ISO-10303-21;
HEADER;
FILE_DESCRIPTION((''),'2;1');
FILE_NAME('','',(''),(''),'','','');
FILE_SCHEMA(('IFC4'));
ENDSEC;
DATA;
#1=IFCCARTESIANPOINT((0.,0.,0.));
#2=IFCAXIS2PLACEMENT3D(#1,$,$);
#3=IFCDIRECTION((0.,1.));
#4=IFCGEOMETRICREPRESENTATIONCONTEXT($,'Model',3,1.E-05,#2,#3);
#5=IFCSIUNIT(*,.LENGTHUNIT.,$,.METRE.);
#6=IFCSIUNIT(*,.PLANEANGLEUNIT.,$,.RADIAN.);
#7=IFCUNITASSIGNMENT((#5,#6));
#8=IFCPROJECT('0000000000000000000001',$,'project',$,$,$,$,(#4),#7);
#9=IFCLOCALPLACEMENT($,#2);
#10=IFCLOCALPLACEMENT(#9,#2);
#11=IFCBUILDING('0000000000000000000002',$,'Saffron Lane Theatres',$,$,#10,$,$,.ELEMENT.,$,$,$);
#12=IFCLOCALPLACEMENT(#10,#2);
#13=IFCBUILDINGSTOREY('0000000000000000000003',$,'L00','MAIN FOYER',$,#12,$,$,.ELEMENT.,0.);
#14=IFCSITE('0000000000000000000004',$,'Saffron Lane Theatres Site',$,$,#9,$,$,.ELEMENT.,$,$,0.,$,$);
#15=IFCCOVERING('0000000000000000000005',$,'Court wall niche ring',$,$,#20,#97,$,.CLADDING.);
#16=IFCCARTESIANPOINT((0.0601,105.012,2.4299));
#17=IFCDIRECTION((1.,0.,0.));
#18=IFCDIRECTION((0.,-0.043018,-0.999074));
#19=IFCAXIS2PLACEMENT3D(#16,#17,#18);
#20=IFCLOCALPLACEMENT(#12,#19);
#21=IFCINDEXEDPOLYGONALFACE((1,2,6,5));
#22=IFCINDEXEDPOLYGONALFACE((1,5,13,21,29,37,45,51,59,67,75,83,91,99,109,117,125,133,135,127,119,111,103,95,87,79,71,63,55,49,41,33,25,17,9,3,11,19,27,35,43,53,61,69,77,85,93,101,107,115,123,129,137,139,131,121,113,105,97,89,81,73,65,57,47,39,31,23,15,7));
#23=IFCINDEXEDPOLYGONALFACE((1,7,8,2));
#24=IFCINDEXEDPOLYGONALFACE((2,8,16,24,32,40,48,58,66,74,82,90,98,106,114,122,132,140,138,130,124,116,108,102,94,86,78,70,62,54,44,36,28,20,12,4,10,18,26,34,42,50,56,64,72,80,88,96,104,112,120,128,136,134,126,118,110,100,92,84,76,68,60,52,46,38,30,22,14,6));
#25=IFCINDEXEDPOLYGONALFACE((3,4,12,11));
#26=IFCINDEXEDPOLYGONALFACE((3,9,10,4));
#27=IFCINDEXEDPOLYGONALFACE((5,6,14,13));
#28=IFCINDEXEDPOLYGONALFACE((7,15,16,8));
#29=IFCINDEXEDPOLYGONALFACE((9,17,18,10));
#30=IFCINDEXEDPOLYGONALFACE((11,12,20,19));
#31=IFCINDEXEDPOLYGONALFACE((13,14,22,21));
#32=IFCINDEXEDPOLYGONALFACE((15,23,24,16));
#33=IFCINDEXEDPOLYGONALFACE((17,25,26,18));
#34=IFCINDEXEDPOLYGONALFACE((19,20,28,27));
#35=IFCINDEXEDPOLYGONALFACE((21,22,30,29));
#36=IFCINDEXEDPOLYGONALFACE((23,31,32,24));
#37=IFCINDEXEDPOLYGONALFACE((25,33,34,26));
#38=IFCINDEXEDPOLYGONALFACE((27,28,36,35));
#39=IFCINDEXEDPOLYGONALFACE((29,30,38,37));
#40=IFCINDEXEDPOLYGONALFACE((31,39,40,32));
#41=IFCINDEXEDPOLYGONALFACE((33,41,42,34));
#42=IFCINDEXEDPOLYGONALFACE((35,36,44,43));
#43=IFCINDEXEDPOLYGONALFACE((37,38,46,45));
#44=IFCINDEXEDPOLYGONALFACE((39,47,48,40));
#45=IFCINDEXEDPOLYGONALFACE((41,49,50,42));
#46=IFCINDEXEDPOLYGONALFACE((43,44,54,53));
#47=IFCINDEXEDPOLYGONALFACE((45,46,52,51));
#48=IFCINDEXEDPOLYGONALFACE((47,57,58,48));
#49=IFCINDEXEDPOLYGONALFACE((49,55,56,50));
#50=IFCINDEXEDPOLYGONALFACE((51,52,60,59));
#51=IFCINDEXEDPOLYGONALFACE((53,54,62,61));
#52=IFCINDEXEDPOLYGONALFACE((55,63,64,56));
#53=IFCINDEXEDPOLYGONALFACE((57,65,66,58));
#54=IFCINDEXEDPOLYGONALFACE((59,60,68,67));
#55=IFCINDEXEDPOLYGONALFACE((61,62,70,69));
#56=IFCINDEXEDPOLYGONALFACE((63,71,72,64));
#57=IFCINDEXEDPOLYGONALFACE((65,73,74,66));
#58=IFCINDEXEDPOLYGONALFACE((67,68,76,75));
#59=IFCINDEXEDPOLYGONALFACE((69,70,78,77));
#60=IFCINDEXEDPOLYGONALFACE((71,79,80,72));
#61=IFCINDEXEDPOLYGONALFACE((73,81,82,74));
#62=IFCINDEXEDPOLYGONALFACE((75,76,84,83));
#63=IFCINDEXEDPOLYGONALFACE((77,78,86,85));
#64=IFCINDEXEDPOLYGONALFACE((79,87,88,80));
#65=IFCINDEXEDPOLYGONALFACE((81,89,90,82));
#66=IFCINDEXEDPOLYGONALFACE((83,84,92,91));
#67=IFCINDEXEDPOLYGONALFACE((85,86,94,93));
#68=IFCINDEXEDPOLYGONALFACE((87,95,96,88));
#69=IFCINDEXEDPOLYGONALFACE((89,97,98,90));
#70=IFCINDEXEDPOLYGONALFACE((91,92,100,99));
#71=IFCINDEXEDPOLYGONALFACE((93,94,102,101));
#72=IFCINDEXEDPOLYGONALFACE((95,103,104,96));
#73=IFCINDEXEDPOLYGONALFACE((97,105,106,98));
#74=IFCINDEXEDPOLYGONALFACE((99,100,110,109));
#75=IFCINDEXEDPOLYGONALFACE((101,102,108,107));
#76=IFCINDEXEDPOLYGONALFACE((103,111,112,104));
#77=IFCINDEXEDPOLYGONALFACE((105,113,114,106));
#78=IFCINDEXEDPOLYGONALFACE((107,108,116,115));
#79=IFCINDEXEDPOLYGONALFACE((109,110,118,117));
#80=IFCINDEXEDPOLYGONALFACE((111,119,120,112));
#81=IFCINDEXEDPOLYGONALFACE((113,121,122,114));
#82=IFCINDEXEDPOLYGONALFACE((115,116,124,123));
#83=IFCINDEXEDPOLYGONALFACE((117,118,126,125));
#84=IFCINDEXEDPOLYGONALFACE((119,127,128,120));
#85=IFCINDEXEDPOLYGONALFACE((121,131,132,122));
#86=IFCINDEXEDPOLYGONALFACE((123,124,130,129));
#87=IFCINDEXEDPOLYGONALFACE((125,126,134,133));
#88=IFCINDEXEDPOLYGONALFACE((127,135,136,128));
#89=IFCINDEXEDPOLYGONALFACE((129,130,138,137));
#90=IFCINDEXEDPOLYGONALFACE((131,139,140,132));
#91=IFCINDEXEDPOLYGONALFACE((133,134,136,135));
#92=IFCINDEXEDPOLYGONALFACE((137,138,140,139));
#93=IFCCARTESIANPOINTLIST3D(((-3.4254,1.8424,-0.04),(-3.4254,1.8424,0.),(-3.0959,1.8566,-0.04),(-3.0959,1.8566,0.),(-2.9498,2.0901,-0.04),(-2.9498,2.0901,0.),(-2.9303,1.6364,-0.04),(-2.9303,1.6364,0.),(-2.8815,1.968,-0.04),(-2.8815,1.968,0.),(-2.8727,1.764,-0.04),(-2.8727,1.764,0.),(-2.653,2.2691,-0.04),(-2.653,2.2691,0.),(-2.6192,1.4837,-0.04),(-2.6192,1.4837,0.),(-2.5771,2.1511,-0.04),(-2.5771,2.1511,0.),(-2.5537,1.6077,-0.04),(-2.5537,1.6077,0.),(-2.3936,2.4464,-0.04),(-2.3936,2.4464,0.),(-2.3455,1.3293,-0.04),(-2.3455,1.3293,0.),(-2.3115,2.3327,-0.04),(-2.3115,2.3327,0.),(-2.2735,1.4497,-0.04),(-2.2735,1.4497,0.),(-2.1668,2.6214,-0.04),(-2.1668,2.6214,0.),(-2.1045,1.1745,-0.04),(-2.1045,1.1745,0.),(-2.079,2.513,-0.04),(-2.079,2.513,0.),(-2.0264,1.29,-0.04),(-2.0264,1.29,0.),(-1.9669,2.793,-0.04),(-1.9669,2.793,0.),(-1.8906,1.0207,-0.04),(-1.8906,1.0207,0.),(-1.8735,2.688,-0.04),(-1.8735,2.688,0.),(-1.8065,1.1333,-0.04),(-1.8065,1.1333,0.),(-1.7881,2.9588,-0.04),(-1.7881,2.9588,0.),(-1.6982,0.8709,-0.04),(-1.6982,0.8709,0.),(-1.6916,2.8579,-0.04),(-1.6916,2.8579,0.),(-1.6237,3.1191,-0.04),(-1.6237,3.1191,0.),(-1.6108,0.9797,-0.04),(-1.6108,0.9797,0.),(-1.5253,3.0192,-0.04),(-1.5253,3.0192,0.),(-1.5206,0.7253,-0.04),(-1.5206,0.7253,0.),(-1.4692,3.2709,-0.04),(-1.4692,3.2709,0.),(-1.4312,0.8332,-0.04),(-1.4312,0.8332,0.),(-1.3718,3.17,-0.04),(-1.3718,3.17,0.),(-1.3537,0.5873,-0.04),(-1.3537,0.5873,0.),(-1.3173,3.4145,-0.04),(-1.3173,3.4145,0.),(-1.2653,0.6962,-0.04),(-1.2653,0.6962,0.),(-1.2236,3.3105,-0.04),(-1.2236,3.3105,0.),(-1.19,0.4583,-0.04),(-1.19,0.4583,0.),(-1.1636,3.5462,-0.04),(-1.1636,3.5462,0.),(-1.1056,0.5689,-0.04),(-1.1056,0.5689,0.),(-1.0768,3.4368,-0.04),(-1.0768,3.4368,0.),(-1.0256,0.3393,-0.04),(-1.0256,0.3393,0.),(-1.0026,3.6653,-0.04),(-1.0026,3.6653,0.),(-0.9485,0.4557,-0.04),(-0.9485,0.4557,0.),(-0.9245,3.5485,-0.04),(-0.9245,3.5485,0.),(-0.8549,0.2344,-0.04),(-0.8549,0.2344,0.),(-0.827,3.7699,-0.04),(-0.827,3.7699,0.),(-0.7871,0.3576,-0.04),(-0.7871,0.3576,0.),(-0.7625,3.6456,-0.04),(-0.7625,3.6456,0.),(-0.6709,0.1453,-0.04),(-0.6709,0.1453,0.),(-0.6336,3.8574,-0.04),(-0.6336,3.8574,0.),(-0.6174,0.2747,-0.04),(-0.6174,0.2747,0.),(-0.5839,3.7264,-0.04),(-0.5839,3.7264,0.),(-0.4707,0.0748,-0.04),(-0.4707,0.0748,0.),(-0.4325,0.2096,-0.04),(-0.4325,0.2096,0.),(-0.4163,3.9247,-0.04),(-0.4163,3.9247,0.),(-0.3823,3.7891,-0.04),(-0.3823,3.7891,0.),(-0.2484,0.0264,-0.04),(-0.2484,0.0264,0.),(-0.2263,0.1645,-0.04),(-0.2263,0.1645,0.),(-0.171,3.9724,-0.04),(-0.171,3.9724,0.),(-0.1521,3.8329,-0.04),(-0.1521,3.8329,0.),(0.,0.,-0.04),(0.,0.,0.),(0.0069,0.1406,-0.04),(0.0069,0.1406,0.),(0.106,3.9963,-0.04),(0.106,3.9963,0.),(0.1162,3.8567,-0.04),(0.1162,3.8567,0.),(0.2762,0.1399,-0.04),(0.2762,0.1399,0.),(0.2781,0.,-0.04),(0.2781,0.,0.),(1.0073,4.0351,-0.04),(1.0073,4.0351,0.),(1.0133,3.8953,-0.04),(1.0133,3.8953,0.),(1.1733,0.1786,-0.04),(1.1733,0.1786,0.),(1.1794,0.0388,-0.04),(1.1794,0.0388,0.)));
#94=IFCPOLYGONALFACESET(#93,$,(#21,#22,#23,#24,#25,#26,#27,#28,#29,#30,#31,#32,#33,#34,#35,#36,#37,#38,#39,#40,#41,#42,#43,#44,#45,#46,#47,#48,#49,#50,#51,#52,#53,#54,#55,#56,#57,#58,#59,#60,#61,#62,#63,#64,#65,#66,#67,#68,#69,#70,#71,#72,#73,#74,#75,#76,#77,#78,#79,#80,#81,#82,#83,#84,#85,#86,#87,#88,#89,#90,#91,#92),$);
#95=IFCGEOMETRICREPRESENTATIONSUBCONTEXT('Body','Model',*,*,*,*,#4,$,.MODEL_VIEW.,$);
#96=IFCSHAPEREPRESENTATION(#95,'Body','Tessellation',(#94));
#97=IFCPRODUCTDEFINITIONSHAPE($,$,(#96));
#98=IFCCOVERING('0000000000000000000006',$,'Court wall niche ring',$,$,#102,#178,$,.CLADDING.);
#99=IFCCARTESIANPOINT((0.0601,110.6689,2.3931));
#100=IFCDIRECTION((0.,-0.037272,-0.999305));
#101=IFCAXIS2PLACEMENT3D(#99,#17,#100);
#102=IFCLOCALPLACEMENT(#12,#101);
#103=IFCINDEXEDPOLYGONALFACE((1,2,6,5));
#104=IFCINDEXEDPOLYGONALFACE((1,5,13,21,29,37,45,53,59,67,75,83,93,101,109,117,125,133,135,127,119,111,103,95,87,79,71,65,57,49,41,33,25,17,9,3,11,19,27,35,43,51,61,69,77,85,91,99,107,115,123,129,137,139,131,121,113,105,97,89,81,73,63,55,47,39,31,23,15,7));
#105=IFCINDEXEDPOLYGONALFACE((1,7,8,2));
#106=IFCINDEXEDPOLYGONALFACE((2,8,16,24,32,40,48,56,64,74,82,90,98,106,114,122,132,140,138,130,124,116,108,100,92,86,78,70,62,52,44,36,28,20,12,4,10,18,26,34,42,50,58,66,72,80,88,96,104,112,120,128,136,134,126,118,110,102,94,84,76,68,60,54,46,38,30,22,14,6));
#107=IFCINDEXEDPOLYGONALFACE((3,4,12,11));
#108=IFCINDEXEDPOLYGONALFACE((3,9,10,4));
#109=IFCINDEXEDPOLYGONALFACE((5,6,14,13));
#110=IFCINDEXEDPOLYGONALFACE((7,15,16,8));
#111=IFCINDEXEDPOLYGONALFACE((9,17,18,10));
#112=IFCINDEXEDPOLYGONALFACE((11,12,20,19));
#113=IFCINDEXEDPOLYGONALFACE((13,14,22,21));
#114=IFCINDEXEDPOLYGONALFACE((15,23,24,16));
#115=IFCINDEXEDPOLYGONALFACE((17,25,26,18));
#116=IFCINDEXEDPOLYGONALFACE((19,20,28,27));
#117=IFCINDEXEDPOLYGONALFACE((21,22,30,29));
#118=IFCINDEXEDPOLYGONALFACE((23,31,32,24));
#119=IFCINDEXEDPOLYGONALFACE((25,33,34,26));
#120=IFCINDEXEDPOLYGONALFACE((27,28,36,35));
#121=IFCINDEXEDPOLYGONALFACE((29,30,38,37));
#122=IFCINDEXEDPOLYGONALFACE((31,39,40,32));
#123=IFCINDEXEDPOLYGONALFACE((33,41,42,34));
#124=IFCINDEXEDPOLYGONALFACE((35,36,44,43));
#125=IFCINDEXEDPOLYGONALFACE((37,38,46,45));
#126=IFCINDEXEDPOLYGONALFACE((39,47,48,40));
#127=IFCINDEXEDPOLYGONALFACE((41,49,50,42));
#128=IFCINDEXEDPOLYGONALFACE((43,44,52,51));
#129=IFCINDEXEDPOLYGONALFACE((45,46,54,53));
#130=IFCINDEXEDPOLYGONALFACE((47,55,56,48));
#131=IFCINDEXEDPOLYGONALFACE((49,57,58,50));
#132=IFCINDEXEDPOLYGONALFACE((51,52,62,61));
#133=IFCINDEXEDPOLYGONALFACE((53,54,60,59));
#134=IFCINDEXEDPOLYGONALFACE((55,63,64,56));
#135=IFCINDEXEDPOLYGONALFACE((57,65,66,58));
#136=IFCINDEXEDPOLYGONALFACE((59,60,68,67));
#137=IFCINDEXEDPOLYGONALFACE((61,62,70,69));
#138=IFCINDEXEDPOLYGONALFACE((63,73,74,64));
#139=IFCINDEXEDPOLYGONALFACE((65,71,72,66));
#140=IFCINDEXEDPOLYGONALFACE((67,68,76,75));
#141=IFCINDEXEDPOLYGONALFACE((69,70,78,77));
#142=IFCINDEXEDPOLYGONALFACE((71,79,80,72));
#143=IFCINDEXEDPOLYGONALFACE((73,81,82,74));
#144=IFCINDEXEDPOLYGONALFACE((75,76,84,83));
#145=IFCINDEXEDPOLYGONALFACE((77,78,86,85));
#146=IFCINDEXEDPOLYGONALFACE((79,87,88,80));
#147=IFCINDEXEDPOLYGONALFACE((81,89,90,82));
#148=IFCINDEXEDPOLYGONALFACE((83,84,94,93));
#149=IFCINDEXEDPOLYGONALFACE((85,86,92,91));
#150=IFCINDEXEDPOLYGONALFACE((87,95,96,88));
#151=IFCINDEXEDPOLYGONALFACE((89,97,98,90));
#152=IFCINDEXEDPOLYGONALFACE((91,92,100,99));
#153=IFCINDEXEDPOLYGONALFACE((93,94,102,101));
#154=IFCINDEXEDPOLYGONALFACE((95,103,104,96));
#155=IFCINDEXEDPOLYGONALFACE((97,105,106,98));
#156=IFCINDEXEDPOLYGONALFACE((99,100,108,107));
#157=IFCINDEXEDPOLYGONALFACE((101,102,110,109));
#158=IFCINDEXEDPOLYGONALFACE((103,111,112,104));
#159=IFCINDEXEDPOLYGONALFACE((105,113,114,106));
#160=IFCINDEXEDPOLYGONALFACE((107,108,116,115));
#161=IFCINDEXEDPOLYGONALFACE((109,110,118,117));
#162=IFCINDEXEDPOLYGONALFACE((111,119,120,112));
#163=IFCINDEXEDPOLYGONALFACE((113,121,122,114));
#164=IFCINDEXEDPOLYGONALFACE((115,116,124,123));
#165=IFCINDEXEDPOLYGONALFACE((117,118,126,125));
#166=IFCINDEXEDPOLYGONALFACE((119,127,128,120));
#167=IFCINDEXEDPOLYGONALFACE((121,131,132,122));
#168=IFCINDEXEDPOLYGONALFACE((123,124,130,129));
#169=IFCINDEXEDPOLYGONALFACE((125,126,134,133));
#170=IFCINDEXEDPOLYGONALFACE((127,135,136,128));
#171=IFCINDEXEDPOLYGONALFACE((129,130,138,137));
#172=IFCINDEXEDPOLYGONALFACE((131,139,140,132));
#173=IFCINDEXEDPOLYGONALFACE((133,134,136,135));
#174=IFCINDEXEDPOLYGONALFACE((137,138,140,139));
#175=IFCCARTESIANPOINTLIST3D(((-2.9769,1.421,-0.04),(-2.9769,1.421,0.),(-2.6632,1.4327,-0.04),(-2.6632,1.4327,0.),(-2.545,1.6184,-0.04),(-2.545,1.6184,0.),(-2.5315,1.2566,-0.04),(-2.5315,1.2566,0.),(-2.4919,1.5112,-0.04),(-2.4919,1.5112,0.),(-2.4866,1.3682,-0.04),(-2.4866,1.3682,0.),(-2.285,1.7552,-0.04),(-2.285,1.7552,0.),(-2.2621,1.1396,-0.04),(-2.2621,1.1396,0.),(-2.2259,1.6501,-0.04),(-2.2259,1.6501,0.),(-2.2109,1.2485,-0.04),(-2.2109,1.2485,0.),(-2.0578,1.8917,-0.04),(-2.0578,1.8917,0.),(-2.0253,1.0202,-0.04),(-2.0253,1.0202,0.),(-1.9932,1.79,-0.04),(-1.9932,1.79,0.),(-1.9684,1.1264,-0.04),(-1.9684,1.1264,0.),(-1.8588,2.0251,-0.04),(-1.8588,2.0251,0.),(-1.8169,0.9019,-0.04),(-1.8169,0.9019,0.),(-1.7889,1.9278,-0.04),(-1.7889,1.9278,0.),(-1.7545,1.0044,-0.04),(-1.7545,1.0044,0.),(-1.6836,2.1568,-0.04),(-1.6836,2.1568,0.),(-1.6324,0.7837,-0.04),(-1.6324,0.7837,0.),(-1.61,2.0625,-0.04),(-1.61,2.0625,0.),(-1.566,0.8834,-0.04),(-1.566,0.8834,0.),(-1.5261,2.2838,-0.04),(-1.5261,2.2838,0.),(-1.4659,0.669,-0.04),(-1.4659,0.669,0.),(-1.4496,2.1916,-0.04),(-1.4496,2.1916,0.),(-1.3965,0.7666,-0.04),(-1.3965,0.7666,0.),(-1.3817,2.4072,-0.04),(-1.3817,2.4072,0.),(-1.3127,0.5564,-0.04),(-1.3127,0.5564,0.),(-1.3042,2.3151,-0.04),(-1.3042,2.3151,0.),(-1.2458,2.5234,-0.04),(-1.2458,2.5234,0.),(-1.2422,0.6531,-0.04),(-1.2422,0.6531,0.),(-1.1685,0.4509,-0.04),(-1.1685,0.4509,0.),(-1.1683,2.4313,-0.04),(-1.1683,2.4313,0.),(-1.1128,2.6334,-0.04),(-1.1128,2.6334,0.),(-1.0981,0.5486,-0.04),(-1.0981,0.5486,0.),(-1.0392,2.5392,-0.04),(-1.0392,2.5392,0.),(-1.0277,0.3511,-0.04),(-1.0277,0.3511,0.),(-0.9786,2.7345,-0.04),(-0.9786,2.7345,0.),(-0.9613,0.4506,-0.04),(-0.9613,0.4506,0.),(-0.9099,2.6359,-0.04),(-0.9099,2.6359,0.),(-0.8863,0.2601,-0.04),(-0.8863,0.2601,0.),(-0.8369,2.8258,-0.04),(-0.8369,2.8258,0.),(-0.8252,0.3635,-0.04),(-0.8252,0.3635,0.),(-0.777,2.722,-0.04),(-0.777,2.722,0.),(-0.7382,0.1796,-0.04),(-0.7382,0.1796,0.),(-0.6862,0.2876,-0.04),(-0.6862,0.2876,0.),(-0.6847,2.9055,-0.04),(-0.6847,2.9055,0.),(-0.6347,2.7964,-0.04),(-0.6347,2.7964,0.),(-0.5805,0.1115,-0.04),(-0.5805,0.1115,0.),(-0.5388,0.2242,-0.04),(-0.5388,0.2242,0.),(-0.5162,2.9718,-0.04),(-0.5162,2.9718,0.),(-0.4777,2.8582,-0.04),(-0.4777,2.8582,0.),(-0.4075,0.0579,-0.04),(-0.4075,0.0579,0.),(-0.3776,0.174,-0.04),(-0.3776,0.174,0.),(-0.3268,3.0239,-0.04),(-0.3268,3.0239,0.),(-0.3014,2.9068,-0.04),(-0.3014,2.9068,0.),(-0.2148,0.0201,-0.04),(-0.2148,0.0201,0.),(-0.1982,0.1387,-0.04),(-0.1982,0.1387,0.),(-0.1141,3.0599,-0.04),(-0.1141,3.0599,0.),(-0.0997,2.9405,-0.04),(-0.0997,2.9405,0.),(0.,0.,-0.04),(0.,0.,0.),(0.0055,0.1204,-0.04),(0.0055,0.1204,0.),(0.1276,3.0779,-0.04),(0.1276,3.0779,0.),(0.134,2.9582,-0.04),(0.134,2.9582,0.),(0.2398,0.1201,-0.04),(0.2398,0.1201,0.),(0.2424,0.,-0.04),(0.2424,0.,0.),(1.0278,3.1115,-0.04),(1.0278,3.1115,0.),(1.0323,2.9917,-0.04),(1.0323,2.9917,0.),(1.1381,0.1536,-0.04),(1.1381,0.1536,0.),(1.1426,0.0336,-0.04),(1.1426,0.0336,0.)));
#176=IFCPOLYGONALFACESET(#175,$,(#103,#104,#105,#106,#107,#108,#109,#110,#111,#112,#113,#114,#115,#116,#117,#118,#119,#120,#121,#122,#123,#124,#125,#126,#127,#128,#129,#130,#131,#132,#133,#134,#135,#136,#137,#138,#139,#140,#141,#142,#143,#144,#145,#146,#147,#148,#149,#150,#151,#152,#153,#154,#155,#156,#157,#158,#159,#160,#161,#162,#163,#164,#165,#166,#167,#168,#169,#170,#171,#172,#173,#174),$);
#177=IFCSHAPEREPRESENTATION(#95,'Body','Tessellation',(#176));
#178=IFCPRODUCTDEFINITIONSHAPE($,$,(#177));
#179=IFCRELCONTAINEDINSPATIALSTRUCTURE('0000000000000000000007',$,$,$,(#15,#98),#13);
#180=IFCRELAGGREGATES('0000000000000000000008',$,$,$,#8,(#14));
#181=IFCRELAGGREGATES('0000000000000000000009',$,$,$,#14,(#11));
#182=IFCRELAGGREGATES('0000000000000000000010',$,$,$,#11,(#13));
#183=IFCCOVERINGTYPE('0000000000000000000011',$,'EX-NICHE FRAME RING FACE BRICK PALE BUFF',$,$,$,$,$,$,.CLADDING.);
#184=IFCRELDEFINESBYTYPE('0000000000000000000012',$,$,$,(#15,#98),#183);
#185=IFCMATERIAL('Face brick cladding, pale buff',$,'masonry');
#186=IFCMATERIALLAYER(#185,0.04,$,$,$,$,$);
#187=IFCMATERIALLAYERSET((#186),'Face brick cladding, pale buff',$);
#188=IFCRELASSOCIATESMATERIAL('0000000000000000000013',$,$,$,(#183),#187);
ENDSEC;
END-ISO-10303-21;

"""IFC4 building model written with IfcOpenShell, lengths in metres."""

from ifc_helpers import new_model, si_unit, direction, frame, origin, place, context, subcontext, project, spatial, polyline, outline, extrude, material, layer, layer_set, type_object, element, save


model = new_model("IFC4")

# Units and contexts
model_context = context("Model", 3, precision=1e-05, world=origin(), true_north=direction((0.0, 1.0)))
body_context = subcontext(model_context, "Body", "Model", "MODEL_VIEW")
ifc_project = project(units=[si_unit("LENGTHUNIT", "METRE"), si_unit("PLANEANGLEUNIT", "RADIAN")], contexts=[model_context])

# Site, building, storey
site_placement = place(None, origin())
site = spatial("IfcSite", under=ifc_project, at=site_placement, Name="Saffron Lane Theatres Site", CompositionType="ELEMENT", RefElevation=0.0)
building_placement = place(site_placement, origin())
building = spatial("IfcBuilding", under=site, at=building_placement, Name="Saffron Lane Theatres", CompositionType="ELEMENT")
storey_placement = place(building_placement, origin())
storey = spatial("IfcBuildingStorey", under=building, at=storey_placement, Name="L00", Description="MAIN FOYER", CompositionType="ELEMENT", Elevation=0.0)

# Coverings
ifc_material_1 = material(Name="Face brick cladding, pale buff", Category="masonry")
ifc_layer_1 = layer(ifc_material_1, 0.04)
ifc_layer_set_1 = layer_set([ifc_layer_1], Name="Face brick cladding, pale buff")
covering_type_1 = type_object("IfcCoveringType", Name="EX-NICHE FRAME RING FACE BRICK PALE BUFF", PredefinedType="CLADDING", material=ifc_layer_set_1)
covering_1_placement = place(storey_placement, frame((0.0601, 105.012, 2.4299), z_axis=(1.0, 0.0, 0.0), x_axis=(0.0, -0.043018, -0.999074)))
element("IfcCovering", 1, at=covering_1_placement, inside=storey, type_object=covering_type_1, Name="Court wall niche ring", PredefinedType="CLADDING", context=body_context, shape_type="SweptSolid", body=[
    extrude(outline(polyline([(0.0, 0.0), (0.2781, 0.0), (1.1794, 0.0388), (1.1733, 0.1786), (0.2762, 0.1399), (0.0069, 0.1406), (-0.2263, 0.1645), (-0.4325, 0.2096), (-0.6174, 0.2747), (-0.7871, 0.3576), (-0.9485, 0.4557), (-1.1056, 0.5689), (-1.2653, 0.6962), (-1.4312, 0.8332), (-1.6108, 0.9797), (-1.8065, 1.1333), (-2.0264, 1.29), (-2.2735, 1.4497), (-2.5537, 1.6077), (-2.8727, 1.764), (-3.0959, 1.8566), (-2.8815, 1.968), (-2.5771, 2.1511), (-2.3115, 2.3327), (-2.079, 2.513), (-1.8735, 2.688), (-1.6916, 2.8579), (-1.5253, 3.0192), (-1.3718, 3.17), (-1.2236, 3.3105), (-1.0768, 3.4368), (-0.9245, 3.5485), (-0.7625, 3.6456), (-0.5839, 3.7264), (-0.3823, 3.7891), (-0.1521, 3.8329), (0.1162, 3.8567), (1.0133, 3.8953), (1.0073, 4.0351), (0.106, 3.9963), (-0.171, 3.9724), (-0.4163, 3.9247), (-0.6336, 3.8574), (-0.827, 3.7699), (-1.0026, 3.6653), (-1.1636, 3.5462), (-1.3173, 3.4145), (-1.4692, 3.2709), (-1.6237, 3.1191), (-1.7881, 2.9588), (-1.9669, 2.793), (-2.1668, 2.6214), (-2.3936, 2.4464), (-2.653, 2.2691), (-2.9498, 2.0901), (-3.4254, 1.8424), (-2.9303, 1.6364), (-2.6192, 1.4837), (-2.3455, 1.3293), (-2.1045, 1.1745), (-1.8906, 1.0207), (-1.6982, 0.8709), (-1.5206, 0.7253), (-1.3537, 0.5873), (-1.19, 0.4583), (-1.0256, 0.3393), (-0.8549, 0.2344), (-0.6709, 0.1453), (-0.4707, 0.0748), (-0.2484, 0.0264), (0.0, 0.0)])), origin(), (0.0, 0.0, -1.0), 0.04),
])
covering_2_placement = place(storey_placement, frame((0.0601, 110.6689, 2.3931), z_axis=(1.0, 0.0, 0.0), x_axis=(0.0, -0.037272, -0.999305)))
element("IfcCovering", 2, at=covering_2_placement, inside=storey, type_object=covering_type_1, Name="Court wall niche ring", PredefinedType="CLADDING", context=body_context, shape_type="SweptSolid", body=[
    extrude(outline(polyline([(0.0, 0.0), (0.2424, 0.0), (1.1426, 0.0336), (1.1381, 0.1536), (0.2398, 0.1201), (0.0055, 0.1204), (-0.1982, 0.1387), (-0.3776, 0.174), (-0.5388, 0.2242), (-0.6862, 0.2876), (-0.8252, 0.3635), (-0.9613, 0.4506), (-1.0981, 0.5486), (-1.2422, 0.6531), (-1.3965, 0.7666), (-1.566, 0.8834), (-1.7545, 1.0044), (-1.9684, 1.1264), (-2.2109, 1.2485), (-2.4866, 1.3682), (-2.6632, 1.4327), (-2.4919, 1.5112), (-2.2259, 1.6501), (-1.9932, 1.79), (-1.7889, 1.9278), (-1.61, 2.0625), (-1.4496, 2.1916), (-1.3042, 2.3151), (-1.1683, 2.4313), (-1.0392, 2.5392), (-0.9099, 2.6359), (-0.777, 2.722), (-0.6347, 2.7964), (-0.4777, 2.8582), (-0.3014, 2.9068), (-0.0997, 2.9405), (0.134, 2.9582), (1.0323, 2.9917), (1.0278, 3.1115), (0.1276, 3.0779), (-0.1141, 3.0599), (-0.3268, 3.0239), (-0.5162, 2.9718), (-0.6847, 2.9055), (-0.8369, 2.8258), (-0.9786, 2.7345), (-1.1128, 2.6334), (-1.2458, 2.5234), (-1.3817, 2.4072), (-1.5261, 2.2838), (-1.6836, 2.1568), (-1.8588, 2.0251), (-2.0578, 1.8917), (-2.285, 1.7552), (-2.545, 1.6184), (-2.9769, 1.421), (-2.5315, 1.2566), (-2.2621, 1.1396), (-2.0253, 1.0202), (-1.8169, 0.9019), (-1.6324, 0.7837), (-1.4659, 0.669), (-1.3127, 0.5564), (-1.1685, 0.4509), (-1.0277, 0.3511), (-0.8863, 0.2601), (-0.7382, 0.1796), (-0.5805, 0.1115), (-0.4075, 0.0579), (-0.2148, 0.0201), (0.0, 0.0)])), origin(), (0.0, 0.0, -1.0), 0.04),
])

save(model, "model.ifc")
